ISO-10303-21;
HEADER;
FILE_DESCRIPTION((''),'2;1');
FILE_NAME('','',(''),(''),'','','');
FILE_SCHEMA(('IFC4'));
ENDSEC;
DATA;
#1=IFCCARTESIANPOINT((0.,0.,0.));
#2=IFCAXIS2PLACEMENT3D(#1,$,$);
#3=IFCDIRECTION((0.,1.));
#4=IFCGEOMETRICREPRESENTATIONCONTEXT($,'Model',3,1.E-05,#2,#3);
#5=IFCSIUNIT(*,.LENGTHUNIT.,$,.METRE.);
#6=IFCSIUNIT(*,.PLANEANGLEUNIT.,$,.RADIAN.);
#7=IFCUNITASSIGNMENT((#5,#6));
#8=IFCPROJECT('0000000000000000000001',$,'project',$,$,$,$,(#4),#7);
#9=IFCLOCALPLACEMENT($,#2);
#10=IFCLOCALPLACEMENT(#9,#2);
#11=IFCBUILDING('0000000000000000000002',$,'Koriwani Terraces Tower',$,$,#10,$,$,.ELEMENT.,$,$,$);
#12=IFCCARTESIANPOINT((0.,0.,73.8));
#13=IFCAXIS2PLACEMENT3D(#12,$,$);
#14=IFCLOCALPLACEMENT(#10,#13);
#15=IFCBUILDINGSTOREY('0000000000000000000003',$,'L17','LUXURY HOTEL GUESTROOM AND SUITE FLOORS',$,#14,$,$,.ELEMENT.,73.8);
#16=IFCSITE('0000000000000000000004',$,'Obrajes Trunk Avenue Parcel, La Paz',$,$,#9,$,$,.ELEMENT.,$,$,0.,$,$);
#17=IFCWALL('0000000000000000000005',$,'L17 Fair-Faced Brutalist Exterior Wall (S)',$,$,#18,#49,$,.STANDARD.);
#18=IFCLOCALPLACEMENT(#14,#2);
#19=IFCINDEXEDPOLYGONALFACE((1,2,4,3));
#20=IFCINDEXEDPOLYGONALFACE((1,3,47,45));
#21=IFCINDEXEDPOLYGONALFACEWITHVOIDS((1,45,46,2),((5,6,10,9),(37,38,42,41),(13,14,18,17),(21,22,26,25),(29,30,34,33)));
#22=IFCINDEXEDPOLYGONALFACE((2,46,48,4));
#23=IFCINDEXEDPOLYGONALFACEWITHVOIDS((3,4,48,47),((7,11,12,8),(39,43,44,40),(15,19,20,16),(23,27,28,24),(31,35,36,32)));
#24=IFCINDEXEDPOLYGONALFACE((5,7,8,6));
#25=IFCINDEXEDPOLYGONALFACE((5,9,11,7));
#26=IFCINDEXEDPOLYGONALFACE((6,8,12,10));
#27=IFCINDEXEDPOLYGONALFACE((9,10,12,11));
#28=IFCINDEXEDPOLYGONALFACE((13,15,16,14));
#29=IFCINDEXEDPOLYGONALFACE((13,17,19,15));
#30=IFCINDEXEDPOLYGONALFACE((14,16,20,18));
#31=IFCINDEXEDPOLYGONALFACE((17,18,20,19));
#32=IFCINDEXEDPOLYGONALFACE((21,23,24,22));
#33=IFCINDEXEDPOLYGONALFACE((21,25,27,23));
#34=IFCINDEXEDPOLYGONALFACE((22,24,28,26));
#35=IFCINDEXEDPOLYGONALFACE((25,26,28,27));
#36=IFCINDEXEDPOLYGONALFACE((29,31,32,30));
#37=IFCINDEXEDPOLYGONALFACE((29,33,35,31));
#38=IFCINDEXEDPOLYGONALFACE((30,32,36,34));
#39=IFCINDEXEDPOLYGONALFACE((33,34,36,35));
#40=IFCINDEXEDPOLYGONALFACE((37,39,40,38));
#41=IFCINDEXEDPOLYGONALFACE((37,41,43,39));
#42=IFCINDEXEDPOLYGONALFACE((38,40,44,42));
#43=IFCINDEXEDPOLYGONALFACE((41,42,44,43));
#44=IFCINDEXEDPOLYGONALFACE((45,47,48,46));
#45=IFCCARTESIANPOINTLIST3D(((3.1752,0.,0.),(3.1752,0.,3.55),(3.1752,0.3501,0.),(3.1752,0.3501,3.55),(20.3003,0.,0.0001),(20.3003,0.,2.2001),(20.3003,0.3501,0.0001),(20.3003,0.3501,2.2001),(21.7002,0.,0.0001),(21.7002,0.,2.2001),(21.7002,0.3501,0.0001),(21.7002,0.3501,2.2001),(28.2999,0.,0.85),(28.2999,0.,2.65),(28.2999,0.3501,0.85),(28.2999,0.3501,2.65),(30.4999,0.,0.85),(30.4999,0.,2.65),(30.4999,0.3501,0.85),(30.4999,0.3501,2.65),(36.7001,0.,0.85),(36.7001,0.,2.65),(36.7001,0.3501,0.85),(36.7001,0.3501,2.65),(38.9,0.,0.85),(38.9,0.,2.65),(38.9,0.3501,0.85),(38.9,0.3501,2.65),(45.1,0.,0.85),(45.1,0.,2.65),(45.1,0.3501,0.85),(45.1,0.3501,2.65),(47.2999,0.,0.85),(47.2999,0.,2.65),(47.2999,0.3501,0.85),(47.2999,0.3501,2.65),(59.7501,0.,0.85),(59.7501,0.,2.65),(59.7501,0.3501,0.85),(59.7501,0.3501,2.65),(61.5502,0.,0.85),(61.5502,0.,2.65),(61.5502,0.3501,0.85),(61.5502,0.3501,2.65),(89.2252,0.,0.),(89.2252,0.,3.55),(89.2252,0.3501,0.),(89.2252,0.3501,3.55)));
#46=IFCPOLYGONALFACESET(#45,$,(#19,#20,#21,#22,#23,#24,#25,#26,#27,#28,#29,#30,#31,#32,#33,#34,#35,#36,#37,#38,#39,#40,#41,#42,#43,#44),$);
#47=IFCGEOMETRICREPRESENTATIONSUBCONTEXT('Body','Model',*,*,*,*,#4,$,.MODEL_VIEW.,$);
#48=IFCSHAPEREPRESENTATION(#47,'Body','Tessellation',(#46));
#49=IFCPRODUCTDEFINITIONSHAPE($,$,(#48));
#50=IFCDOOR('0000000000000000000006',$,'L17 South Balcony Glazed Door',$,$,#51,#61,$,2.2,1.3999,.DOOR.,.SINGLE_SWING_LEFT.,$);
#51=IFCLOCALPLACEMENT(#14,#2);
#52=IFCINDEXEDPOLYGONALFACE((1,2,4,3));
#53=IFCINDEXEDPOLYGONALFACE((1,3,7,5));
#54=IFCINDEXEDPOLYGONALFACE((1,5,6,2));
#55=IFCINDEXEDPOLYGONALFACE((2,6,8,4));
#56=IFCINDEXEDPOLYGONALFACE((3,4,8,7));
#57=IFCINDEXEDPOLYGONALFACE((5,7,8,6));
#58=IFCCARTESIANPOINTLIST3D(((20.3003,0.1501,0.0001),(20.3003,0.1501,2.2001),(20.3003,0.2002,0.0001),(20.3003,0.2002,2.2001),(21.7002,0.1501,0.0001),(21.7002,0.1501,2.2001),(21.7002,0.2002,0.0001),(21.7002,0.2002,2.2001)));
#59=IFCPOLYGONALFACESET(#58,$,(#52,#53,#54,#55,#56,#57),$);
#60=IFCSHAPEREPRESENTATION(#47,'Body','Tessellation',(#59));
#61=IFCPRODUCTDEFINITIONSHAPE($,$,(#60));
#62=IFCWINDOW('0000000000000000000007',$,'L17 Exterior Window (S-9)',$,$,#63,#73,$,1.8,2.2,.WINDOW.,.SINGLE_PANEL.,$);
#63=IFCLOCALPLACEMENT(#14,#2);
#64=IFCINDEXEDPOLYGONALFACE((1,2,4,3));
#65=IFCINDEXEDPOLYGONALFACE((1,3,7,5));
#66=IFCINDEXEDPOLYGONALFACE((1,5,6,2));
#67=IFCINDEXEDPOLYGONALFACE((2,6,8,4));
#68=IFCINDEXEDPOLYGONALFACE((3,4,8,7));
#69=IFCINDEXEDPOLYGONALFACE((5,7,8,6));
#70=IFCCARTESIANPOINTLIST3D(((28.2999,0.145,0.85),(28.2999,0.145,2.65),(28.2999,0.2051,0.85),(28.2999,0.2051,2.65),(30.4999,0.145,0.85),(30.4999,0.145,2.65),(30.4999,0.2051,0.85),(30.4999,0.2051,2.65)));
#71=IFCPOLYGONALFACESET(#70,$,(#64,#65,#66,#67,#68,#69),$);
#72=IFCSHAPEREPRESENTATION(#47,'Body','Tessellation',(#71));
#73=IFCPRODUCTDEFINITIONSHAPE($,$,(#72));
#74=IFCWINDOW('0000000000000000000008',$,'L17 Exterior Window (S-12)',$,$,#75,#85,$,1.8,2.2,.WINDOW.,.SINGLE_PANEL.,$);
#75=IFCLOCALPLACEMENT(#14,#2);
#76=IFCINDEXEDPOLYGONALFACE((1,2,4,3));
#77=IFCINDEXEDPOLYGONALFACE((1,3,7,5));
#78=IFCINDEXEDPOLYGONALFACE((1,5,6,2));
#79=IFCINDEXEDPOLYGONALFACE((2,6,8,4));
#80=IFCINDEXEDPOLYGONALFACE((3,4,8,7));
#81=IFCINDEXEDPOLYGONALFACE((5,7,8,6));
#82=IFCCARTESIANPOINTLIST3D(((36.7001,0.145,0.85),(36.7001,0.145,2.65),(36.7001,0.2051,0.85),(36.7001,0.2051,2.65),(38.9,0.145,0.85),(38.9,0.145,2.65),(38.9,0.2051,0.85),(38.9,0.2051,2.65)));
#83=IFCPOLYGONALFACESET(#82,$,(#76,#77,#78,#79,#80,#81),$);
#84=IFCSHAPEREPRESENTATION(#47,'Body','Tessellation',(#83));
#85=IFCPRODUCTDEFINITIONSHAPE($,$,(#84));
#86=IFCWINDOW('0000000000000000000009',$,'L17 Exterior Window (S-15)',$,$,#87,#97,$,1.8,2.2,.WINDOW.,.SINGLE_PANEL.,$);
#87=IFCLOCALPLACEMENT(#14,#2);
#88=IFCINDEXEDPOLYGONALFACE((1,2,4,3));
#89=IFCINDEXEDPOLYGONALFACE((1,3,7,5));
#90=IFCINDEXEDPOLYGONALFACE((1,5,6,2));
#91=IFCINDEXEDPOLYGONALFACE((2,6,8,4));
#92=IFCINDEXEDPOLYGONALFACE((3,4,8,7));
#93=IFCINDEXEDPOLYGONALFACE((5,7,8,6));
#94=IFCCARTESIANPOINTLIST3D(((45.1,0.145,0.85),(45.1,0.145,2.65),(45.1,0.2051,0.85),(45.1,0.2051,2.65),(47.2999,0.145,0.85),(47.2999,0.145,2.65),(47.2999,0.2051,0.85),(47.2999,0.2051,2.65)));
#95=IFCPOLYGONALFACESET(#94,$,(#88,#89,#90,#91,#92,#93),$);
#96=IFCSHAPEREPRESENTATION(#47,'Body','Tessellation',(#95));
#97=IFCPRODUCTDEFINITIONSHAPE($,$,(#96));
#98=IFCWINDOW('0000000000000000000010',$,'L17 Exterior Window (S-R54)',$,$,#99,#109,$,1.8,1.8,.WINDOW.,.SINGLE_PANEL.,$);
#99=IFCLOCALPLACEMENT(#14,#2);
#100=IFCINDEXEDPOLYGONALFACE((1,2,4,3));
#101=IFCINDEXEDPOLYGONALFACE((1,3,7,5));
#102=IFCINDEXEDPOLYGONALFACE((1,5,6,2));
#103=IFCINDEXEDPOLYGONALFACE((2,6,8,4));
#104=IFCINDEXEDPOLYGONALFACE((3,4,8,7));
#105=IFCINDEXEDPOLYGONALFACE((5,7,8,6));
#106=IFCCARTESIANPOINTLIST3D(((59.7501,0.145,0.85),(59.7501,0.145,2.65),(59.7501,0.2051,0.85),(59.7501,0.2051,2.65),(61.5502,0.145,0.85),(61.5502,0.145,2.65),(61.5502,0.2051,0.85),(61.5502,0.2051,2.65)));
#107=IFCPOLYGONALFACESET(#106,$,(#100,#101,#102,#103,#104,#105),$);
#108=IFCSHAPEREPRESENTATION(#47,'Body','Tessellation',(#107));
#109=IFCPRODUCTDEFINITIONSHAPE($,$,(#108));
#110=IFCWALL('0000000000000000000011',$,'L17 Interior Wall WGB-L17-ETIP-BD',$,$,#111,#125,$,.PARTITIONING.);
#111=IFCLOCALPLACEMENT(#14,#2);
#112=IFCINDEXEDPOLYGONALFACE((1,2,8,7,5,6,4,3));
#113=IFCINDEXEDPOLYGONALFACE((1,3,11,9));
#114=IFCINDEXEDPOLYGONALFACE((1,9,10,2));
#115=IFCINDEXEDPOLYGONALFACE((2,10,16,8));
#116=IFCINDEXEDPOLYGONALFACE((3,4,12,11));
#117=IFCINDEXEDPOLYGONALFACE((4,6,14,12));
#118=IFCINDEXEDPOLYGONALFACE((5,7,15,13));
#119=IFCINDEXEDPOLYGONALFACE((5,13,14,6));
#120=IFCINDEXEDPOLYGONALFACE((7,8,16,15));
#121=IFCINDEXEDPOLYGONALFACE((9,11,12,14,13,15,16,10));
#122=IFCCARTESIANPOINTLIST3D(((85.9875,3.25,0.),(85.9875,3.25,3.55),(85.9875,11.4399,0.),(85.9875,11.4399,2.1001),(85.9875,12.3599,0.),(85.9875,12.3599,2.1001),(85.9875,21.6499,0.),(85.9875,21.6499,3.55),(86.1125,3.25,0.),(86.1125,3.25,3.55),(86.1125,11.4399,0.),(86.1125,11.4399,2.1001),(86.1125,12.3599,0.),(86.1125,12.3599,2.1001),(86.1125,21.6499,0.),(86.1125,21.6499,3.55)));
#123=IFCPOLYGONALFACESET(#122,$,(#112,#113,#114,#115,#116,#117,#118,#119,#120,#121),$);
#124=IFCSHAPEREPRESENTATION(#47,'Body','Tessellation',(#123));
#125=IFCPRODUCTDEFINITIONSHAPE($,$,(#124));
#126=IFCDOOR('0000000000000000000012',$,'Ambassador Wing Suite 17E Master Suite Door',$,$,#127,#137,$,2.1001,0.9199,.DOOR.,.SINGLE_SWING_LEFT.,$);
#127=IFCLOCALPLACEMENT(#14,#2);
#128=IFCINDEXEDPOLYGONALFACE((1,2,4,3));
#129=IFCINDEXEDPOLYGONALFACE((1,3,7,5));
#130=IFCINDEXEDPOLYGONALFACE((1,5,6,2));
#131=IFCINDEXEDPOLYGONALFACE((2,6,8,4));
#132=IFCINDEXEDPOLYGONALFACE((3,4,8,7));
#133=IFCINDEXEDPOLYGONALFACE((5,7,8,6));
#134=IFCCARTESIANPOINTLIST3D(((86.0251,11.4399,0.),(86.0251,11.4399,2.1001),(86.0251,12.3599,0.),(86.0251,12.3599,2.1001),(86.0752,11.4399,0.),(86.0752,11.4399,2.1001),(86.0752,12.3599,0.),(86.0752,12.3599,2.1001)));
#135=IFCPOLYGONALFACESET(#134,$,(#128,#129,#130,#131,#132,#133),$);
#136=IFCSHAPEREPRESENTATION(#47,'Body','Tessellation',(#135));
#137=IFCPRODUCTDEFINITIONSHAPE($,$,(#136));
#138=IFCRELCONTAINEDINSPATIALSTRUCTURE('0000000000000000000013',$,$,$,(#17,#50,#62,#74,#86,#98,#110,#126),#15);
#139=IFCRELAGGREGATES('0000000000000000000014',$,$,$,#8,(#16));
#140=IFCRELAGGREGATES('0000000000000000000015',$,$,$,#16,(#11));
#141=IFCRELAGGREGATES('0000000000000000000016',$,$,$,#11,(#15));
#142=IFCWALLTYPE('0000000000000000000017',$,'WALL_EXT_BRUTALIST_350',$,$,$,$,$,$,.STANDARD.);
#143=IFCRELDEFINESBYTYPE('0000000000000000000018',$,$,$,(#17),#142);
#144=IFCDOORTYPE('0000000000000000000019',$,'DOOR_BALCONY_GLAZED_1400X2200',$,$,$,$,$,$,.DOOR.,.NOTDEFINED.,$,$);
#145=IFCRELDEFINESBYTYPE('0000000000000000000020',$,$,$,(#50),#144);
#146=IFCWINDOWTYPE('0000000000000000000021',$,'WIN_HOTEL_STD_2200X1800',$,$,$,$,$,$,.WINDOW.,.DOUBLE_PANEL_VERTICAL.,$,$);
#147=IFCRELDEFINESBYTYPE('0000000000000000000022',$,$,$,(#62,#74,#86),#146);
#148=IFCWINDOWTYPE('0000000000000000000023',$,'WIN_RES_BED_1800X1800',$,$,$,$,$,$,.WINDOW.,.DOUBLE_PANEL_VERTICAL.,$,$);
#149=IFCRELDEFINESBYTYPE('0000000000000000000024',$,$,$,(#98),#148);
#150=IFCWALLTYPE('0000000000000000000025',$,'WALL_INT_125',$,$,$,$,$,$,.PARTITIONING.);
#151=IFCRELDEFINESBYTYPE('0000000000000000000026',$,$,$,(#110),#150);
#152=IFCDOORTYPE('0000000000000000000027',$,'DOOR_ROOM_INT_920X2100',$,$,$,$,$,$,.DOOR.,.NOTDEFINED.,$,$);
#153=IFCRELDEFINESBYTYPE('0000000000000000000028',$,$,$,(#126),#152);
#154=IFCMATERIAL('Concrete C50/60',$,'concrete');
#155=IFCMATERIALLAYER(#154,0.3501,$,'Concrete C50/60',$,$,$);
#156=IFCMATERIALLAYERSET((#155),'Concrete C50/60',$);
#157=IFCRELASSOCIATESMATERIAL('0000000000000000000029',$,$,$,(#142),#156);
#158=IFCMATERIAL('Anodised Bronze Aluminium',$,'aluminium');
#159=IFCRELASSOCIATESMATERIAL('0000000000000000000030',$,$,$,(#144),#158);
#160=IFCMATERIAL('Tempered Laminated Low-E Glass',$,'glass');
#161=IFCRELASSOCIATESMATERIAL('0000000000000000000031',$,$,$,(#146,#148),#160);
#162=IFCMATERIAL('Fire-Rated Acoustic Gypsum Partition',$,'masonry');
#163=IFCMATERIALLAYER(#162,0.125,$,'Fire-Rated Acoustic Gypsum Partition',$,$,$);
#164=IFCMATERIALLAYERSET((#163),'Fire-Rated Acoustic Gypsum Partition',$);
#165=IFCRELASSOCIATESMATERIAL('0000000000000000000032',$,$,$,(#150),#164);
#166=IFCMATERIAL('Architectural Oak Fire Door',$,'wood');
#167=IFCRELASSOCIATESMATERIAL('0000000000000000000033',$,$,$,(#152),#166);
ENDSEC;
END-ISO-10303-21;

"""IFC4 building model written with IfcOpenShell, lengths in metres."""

from ifc_helpers import new_model, si_unit, direction, frame, frame_2d, origin, place, context, subcontext, project, spatial, rectangle, extrude, material, layer, layer_set, type_object, element, fill, save


model = new_model("IFC4")

# Units and contexts
model_context = context("Model", 3, precision=1e-05, world=origin(), true_north=direction((0.0, 1.0)))
body_context = subcontext(model_context, "Body", "Model", "MODEL_VIEW")
ifc_project = project(units=[si_unit("LENGTHUNIT", "METRE"), si_unit("PLANEANGLEUNIT", "RADIAN")], contexts=[model_context])

# Site, building, storey
site_placement = place(None, origin())
site = spatial("IfcSite", under=ifc_project, at=site_placement, Name="Obrajes Trunk Avenue Parcel, La Paz", CompositionType="ELEMENT", RefElevation=0.0)
building_placement = place(site_placement, origin())
building = spatial("IfcBuilding", under=site, at=building_placement, Name="Koriwani Terraces Tower", CompositionType="ELEMENT")
storey_placement = place(building_placement, frame((0.0, 0.0, 73.8)))
storey = spatial("IfcBuildingStorey", under=building, at=storey_placement, Name="L17", Description="LUXURY HOTEL GUESTROOM AND SUITE FLOORS", CompositionType="ELEMENT", Elevation=73.8)

# Shared definitions
ifc_material_1 = material(Name="Concrete C50/60", Category="concrete")

# Shared definitions
ifc_layer_1 = layer(ifc_material_1, 0.3501, Name="Concrete C50/60")
ifc_layer_set_1 = layer_set([ifc_layer_1], Name="Concrete C50/60")
wall_type_1 = type_object("IfcWallType", Name="WALL_EXT_BRUTALIST_350", PredefinedType="STANDARD", material=ifc_layer_set_1)

# Wall, openings, door, windows
wall_1_placement = place(storey_placement, frame((89.2251, 0.175, 0.0), z_axis=(0.0, 0.0, 1.0), x_axis=(-1.0, 0.0, 0.0)))
wall_1 = element("IfcWall", 1, at=wall_1_placement, inside=storey, type_object=wall_type_1, Name="L17 Fair-Faced Brutalist Exterior Wall (S)", PredefinedType="STANDARD", context=body_context, shape_type="SweptSolid", body=[
    extrude(rectangle(XDim=86.05, YDim=0.3501, at=frame_2d((43.0249, 0.0))), origin(), (0.0, 0.0, 1.0), 3.55),
])
opening_1_placement = place(wall_1_placement, frame((67.5249, 0.0, 0.0)))
opening_1 = element("IfcOpeningElement", 2, at=opening_1_placement, cuts=wall_1, PredefinedType="OPENING", context=body_context, shape_type="SweptSolid", body=[
    extrude(rectangle(XDim=1.3999, YDim=2.2, at=frame_2d((0.7, 1.1001))), frame((0.0, 0.1851, 0.0), z_axis=(0.0, -1.0, 0.0), x_axis=(1.0, 0.0, 0.0)), (0.0, 0.0, 1.0), 0.3701),
])
opening_2_placement = place(wall_1_placement, frame((58.7251, 0.0, 0.8501)))
opening_2 = element("IfcOpeningElement", 3, at=opening_2_placement, cuts=wall_1, PredefinedType="OPENING", context=body_context, shape_type="SweptSolid", body=[
    extrude(rectangle(XDim=2.2, YDim=1.8, at=frame_2d((1.1001, 0.8999))), frame((0.0, 0.1851, 0.0), z_axis=(0.0, -1.0, 0.0), x_axis=(1.0, 0.0, 0.0)), (0.0, 0.0, 1.0), 0.3701),
])
opening_3_placement = place(wall_1_placement, frame((50.325, 0.0, 0.8501)))
opening_3 = element("IfcOpeningElement", 4, at=opening_3_placement, cuts=wall_1, PredefinedType="OPENING", context=body_context, shape_type="SweptSolid", body=[
    extrude(rectangle(XDim=2.2, YDim=1.8, at=frame_2d((1.1001, 0.8999))), frame((0.0, 0.1851, 0.0), z_axis=(0.0, -1.0, 0.0), x_axis=(1.0, 0.0, 0.0)), (0.0, 0.0, 1.0), 0.3701),
])
opening_4_placement = place(wall_1_placement, frame((41.925, 0.0, 0.8501)))
opening_4 = element("IfcOpeningElement", 5, at=opening_4_placement, cuts=wall_1, PredefinedType="OPENING", context=body_context, shape_type="SweptSolid", body=[
    extrude(rectangle(XDim=2.2, YDim=1.8, at=frame_2d((1.1001, 0.8999))), frame((0.0, 0.1851, 0.0), z_axis=(0.0, -1.0, 0.0), x_axis=(1.0, 0.0, 0.0)), (0.0, 0.0, 1.0), 0.3701),
])
opening_5_placement = place(wall_1_placement, frame((27.675, 0.0, 0.8501)))
opening_5 = element("IfcOpeningElement", 6, at=opening_5_placement, cuts=wall_1, PredefinedType="OPENING", context=body_context, shape_type="SweptSolid", body=[
    extrude(rectangle(XDim=1.8, YDim=1.8, at=frame_2d((0.8999, 0.8999))), frame((0.0, 0.1851, 0.0), z_axis=(0.0, -1.0, 0.0), x_axis=(1.0, 0.0, 0.0)), (0.0, 0.0, 1.0), 0.3701),
])
ifc_material_2 = material(Name="Anodised Bronze Aluminium", Category="aluminium")
door_type_1 = type_object("IfcDoorType", Name="DOOR_BALCONY_GLAZED_1400X2200", OperationType="NOTDEFINED", PredefinedType="DOOR", material=ifc_material_2)
door_1_placement = place(opening_1_placement, origin())
door_1 = element("IfcDoor", 7, at=door_1_placement, inside=storey, type_object=door_type_1, Name="L17 South Balcony Glazed Door", OperationType="SINGLE_SWING_LEFT", OverallHeight=2.2, OverallWidth=1.3999, PredefinedType="DOOR", context=body_context, shape_type="SweptSolid", body=[
    extrude(rectangle(XDim=1.3999, YDim=2.2, at=frame_2d((0.7, 1.1001))), frame((0.0, 0.0249, 0.0), z_axis=(0.0, -1.0, 0.0), x_axis=(1.0, 0.0, 0.0)), (0.0, 0.0, 1.0), 0.05),
])
fill(opening_1, door_1)
ifc_material_3 = material(Name="Tempered Laminated Low-E Glass", Category="glass")
window_type_1 = type_object("IfcWindowType", Name="WIN_HOTEL_STD_2200X1800", PartitioningType="DOUBLE_PANEL_VERTICAL", PredefinedType="WINDOW", material=ifc_material_3)
window_1_placement = place(opening_2_placement, origin())
window_1 = element("IfcWindow", 8, at=window_1_placement, inside=storey, type_object=window_type_1, Name="L17 Exterior Window (S-9)", OverallHeight=1.8, OverallWidth=2.2, PartitioningType="SINGLE_PANEL", PredefinedType="WINDOW", context=body_context, shape_type="SweptSolid", body=[
    extrude(rectangle(XDim=2.2, YDim=1.8, at=frame_2d((1.1001, 0.8999))), frame((0.0, 0.03, 0.0), z_axis=(0.0, -1.0, 0.0), x_axis=(1.0, 0.0, 0.0)), (0.0, 0.0, 1.0), 0.0601),
])
fill(opening_2, window_1)
window_2_placement = place(opening_3_placement, origin())
window_2 = element("IfcWindow", 9, at=window_2_placement, inside=storey, type_object=window_type_1, Name="L17 Exterior Window (S-12)", OverallHeight=1.8, OverallWidth=2.2, PartitioningType="SINGLE_PANEL", PredefinedType="WINDOW", context=body_context, shape_type="SweptSolid", body=[
    extrude(rectangle(XDim=2.2, YDim=1.8, at=frame_2d((1.1001, 0.8999))), frame((0.0, 0.03, 0.0), z_axis=(0.0, -1.0, 0.0), x_axis=(1.0, 0.0, 0.0)), (0.0, 0.0, 1.0), 0.0601),
])
fill(opening_3, window_2)
window_3_placement = place(opening_4_placement, origin())
window_3 = element("IfcWindow", 10, at=window_3_placement, inside=storey, type_object=window_type_1, Name="L17 Exterior Window (S-15)", OverallHeight=1.8, OverallWidth=2.2, PartitioningType="SINGLE_PANEL", PredefinedType="WINDOW", context=body_context, shape_type="SweptSolid", body=[
    extrude(rectangle(XDim=2.2, YDim=1.8, at=frame_2d((1.1001, 0.8999))), frame((0.0, 0.03, 0.0), z_axis=(0.0, -1.0, 0.0), x_axis=(1.0, 0.0, 0.0)), (0.0, 0.0, 1.0), 0.0601),
])
fill(opening_4, window_3)
window_type_2 = type_object("IfcWindowType", Name="WIN_RES_BED_1800X1800", PartitioningType="DOUBLE_PANEL_VERTICAL", PredefinedType="WINDOW", material=ifc_material_3)
window_4_placement = place(opening_5_placement, origin())
window_4 = element("IfcWindow", 11, at=window_4_placement, inside=storey, type_object=window_type_2, Name="L17 Exterior Window (S-R54)", OverallHeight=1.8, OverallWidth=1.8, PartitioningType="SINGLE_PANEL", PredefinedType="WINDOW", context=body_context, shape_type="SweptSolid", body=[
    extrude(rectangle(XDim=1.8, YDim=1.8, at=frame_2d((0.8999, 0.8999))), frame((0.0, 0.03, 0.0), z_axis=(0.0, -1.0, 0.0), x_axis=(1.0, 0.0, 0.0)), (0.0, 0.0, 1.0), 0.0601),
])
fill(opening_5, window_4)

# Wall, opening, door
ifc_material_4 = material(Name="Fire-Rated Acoustic Gypsum Partition", Category="masonry")
ifc_layer_2 = layer(ifc_material_4, 0.125, Name="Fire-Rated Acoustic Gypsum Partition")
ifc_layer_set_2 = layer_set([ifc_layer_2], Name="Fire-Rated Acoustic Gypsum Partition")
wall_type_2 = type_object("IfcWallType", Name="WALL_INT_125", PredefinedType="PARTITIONING", material=ifc_layer_set_2)
wall_2_placement = place(storey_placement, frame((86.05, 3.25, 0.0), z_axis=(0.0, 0.0, 1.0), x_axis=(0.0, 1.0, 0.0)))
wall_2 = element("IfcWall", 12, at=wall_2_placement, inside=storey, type_object=wall_type_2, Name="L17 Interior Wall WGB-L17-ETIP-BD", PredefinedType="PARTITIONING", context=body_context, shape_type="SweptSolid", body=[
    extrude(rectangle(XDim=18.3999, YDim=0.125, at=frame_2d((9.2, 0.0))), origin(), (0.0, 0.0, 1.0), 3.55),
])
opening_6_placement = place(wall_2_placement, frame((8.1899, 0.0, 0.0)))
opening_6 = element("IfcOpeningElement", 13, at=opening_6_placement, cuts=wall_2, PredefinedType="OPENING", context=body_context, shape_type="SweptSolid", body=[
    extrude(rectangle(XDim=0.9199, YDim=2.1001, at=frame_2d((0.46, 1.05))), frame((0.0, 0.0725, 0.0), z_axis=(0.0, -1.0, 0.0), x_axis=(1.0, 0.0, 0.0)), (0.0, 0.0, 1.0), 0.145),
])
ifc_material_5 = material(Name="Architectural Oak Fire Door", Category="wood")
door_type_2 = type_object("IfcDoorType", Name="DOOR_ROOM_INT_920X2100", OperationType="NOTDEFINED", PredefinedType="DOOR", material=ifc_material_5)
door_2_placement = place(opening_6_placement, origin())
door_2 = element("IfcDoor", 14, at=door_2_placement, inside=storey, type_object=door_type_2, Name="Ambassador Wing Suite 17E Master Suite Door", OperationType="SINGLE_SWING_LEFT", OverallHeight=2.1001, OverallWidth=0.9199, PredefinedType="DOOR", context=body_context, shape_type="SweptSolid", body=[
    extrude(rectangle(XDim=0.9199, YDim=2.1001, at=frame_2d((0.46, 1.05))), frame((0.0, 0.0249, 0.0), z_axis=(0.0, -1.0, 0.0), x_axis=(1.0, 0.0, 0.0)), (0.0, 0.0, 1.0), 0.05),
])
fill(opening_6, door_2)

save(model, "model.ifc")
